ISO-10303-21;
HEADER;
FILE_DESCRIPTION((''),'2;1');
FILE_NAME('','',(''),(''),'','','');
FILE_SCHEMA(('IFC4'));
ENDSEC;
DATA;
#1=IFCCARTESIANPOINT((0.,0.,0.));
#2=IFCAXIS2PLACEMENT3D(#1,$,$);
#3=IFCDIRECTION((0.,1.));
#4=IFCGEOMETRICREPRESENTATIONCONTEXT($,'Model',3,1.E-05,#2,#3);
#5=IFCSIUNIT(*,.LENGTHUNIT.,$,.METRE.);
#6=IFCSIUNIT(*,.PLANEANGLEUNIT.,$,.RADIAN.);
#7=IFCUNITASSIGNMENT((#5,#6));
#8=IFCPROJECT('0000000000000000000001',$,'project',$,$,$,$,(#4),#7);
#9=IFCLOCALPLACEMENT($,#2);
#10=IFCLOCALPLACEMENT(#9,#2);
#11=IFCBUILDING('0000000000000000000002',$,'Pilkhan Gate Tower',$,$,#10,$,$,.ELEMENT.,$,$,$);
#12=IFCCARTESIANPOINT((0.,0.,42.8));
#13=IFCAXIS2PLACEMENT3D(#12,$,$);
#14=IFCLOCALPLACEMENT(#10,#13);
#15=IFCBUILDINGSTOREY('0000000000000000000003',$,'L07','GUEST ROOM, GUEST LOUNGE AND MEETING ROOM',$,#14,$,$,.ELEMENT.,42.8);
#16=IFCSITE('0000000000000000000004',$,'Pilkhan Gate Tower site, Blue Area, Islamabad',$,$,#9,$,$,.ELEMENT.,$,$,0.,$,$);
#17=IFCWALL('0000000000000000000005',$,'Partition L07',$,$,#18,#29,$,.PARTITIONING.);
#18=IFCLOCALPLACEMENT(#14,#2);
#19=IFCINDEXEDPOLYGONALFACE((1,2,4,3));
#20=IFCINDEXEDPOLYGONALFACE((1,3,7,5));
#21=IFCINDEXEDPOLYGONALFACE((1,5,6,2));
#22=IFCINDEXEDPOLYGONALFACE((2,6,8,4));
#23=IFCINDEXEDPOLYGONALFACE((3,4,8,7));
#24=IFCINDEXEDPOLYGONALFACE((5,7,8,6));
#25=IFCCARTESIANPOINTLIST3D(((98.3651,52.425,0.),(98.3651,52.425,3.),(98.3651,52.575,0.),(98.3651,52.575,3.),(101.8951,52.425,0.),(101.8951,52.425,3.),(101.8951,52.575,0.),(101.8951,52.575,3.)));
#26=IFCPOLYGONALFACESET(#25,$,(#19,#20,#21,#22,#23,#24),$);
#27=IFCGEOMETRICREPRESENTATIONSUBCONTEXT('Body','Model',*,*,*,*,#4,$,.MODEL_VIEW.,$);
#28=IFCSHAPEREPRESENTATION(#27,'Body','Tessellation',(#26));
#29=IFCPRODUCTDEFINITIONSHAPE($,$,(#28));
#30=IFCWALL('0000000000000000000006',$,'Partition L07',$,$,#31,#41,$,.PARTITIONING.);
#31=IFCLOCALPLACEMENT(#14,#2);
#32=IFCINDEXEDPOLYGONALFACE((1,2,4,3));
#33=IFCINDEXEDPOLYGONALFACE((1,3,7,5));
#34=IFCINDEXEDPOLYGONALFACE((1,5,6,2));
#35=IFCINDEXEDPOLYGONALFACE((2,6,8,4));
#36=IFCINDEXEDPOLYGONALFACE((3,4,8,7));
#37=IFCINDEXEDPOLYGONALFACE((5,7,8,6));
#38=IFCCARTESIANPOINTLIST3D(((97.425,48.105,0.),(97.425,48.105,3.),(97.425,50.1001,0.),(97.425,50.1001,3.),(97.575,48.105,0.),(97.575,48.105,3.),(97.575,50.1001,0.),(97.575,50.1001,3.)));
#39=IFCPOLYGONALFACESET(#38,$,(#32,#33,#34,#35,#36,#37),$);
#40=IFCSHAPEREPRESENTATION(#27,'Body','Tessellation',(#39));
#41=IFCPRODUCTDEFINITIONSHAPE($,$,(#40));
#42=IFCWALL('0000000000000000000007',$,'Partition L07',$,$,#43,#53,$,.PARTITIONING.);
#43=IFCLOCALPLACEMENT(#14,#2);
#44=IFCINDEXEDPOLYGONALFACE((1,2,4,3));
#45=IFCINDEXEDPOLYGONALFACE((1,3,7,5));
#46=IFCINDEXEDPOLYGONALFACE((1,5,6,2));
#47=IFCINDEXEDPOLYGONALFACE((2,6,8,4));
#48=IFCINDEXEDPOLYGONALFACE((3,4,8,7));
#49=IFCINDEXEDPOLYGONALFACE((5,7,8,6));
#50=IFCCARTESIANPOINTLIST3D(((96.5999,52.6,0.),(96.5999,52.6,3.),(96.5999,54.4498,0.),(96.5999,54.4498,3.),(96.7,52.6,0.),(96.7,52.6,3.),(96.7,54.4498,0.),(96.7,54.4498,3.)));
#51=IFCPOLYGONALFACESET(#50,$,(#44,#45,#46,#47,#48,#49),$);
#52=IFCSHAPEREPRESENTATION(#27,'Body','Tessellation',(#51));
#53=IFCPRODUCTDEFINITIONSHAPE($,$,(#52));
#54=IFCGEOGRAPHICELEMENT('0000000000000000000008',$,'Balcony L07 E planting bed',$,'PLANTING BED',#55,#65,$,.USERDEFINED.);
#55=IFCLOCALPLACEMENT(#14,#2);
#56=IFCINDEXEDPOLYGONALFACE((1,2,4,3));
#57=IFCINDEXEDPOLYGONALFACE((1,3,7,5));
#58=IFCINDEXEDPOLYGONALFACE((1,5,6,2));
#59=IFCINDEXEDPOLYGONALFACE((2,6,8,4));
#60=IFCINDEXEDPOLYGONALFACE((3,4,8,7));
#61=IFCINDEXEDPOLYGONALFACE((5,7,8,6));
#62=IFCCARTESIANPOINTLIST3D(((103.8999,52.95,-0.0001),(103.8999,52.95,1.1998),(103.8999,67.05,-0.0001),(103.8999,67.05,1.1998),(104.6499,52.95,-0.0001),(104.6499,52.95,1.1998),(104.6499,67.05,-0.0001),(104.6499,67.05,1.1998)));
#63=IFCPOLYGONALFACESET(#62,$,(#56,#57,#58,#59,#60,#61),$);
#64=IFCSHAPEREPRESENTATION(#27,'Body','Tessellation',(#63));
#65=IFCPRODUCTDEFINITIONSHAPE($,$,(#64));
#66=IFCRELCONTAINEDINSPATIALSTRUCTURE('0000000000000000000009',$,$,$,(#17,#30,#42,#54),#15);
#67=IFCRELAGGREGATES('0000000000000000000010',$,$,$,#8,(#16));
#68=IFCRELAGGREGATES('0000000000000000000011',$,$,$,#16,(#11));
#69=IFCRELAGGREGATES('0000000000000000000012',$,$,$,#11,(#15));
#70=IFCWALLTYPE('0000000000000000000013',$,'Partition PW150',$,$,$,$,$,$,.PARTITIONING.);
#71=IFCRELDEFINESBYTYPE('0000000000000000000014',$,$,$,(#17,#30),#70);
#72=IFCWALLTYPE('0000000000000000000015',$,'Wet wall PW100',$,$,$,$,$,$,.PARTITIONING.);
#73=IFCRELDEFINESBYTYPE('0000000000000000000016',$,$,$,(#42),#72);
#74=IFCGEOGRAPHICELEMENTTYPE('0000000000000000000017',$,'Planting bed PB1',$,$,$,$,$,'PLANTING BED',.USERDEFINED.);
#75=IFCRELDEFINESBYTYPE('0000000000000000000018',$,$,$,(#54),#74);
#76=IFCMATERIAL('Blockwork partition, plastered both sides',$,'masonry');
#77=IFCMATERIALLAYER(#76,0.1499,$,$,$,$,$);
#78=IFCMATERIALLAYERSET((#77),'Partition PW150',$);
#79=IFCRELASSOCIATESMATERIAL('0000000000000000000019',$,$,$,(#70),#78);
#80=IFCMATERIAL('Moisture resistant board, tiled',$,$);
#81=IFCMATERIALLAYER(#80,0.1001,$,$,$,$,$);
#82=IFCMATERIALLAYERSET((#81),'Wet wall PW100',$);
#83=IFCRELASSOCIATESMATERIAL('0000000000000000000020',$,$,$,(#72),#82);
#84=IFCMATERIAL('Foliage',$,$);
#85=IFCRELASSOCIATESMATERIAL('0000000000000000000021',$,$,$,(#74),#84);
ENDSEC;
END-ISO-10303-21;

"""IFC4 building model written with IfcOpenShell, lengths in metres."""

from ifc_helpers import new_model, si_unit, direction, frame, frame_2d, origin, origin_2d, place, context, subcontext, project, spatial, rectangle, extrude, material, layer, layer_set, material_profile, profile_set, type_object, element, save


model = new_model("IFC4")

# Units and contexts
model_context = context("Model", 3, precision=1e-05, world=origin(), true_north=direction((0.0, 1.0)))
body_context = subcontext(model_context, "Body", "Model", "MODEL_VIEW")
ifc_project = project(units=[si_unit("LENGTHUNIT", "METRE"), si_unit("PLANEANGLEUNIT", "RADIAN")], contexts=[model_context])

# Site, building, storey
site_placement = place(None, origin())
site = spatial("IfcSite", under=ifc_project, at=site_placement, Name="Pilkhan Gate Tower site, Blue Area, Islamabad", CompositionType="ELEMENT", RefElevation=0.0)
building_placement = place(site_placement, origin())
building = spatial("IfcBuilding", under=site, at=building_placement, Name="Pilkhan Gate Tower", CompositionType="ELEMENT")
storey_placement = place(building_placement, frame((0.0, 0.0, 42.8)))
storey = spatial("IfcBuildingStorey", under=building, at=storey_placement, Name="L07", Description="GUEST ROOM, GUEST LOUNGE AND MEETING ROOM", CompositionType="ELEMENT", Elevation=42.8)

# Walls
ifc_material_1 = material(Name="Blockwork partition, plastered both sides", Category="masonry")
ifc_layer_1 = layer(ifc_material_1, 0.1499)
ifc_layer_set_1 = layer_set([ifc_layer_1], Name="Partition PW150")
wall_type_1 = type_object("IfcWallType", Name="Partition PW150", PredefinedType="PARTITIONING", material=ifc_layer_set_1)
wall_1_placement = place(storey_placement, frame((98.365, 52.5, 0.0), z_axis=(0.0, 0.0, 1.0), x_axis=(1.0, 0.0, 0.0)))
element("IfcWall", 1, at=wall_1_placement, inside=storey, type_object=wall_type_1, Name="Partition L07", PredefinedType="PARTITIONING", context=body_context, shape_type="SweptSolid", body=[
    extrude(rectangle(XDim=3.53, YDim=0.1499, at=frame_2d((1.7651, 0.0))), origin(), (0.0, 0.0, 1.0), 3.0),
])
wall_2_placement = place(storey_placement, frame((97.5, 48.105, 0.0), z_axis=(0.0, 0.0, 1.0), x_axis=(0.0, 1.0, 0.0)))
element("IfcWall", 2, at=wall_2_placement, inside=storey, type_object=wall_type_1, Name="Partition L07", PredefinedType="PARTITIONING", context=body_context, shape_type="SweptSolid", body=[
    extrude(rectangle(XDim=1.9951, YDim=0.1499, at=frame_2d((0.9976, 0.0))), origin(), (0.0, 0.0, 1.0), 3.0),
])
ifc_material_2 = material(Name="Moisture resistant board, tiled")
ifc_layer_2 = layer(ifc_material_2, 0.1001)
ifc_layer_set_2 = layer_set([ifc_layer_2], Name="Wet wall PW100")
wall_type_2 = type_object("IfcWallType", Name="Wet wall PW100", PredefinedType="PARTITIONING", material=ifc_layer_set_2)
wall_3_placement = place(storey_placement, frame((96.6499, 52.6001, 0.0), z_axis=(0.0, 0.0, 1.0), x_axis=(0.0, 1.0, 0.0)))
element("IfcWall", 3, at=wall_3_placement, inside=storey, type_object=wall_type_2, Name="Partition L07", PredefinedType="PARTITIONING", context=body_context, shape_type="SweptSolid", body=[
    extrude(rectangle(XDim=1.8499, YDim=0.1001, at=frame_2d((0.9248, 0.0))), origin(), (0.0, 0.0, 1.0), 3.0),
])

# Geographic element
ifc_material_3 = material(Name="Foliage")
ifc_material_profile_1 = material_profile(ifc_material_3, rectangle(XDim=0.75, YDim=1.2, at=origin_2d()), Name="Bed 750x1200")
ifc_profile_set_1 = profile_set([ifc_material_profile_1], Name="Foliage")
geographic_element_type = type_object("IfcGeographicElementType", Name="Planting bed PB1", ElementType="PLANTING BED", PredefinedType="USERDEFINED", material=ifc_profile_set_1)
geographic_element_placement = place(storey_placement, frame((104.2749, 52.95, 0.5999), z_axis=(0.0, 1.0, 0.0), x_axis=(-1.0, 0.0, 0.0)))
element("IfcGeographicElement", 4, at=geographic_element_placement, inside=storey, type_object=geographic_element_type, Name="Balcony L07 E planting bed", ObjectType="PLANTING BED", PredefinedType="USERDEFINED", context=body_context, shape_type="SweptSolid", body=[
    extrude(rectangle(XDim=0.75, YDim=1.2, at=origin_2d()), origin(), (0.0, 0.0, 1.0), 14.1001),
])

save(model, "model.ifc")
